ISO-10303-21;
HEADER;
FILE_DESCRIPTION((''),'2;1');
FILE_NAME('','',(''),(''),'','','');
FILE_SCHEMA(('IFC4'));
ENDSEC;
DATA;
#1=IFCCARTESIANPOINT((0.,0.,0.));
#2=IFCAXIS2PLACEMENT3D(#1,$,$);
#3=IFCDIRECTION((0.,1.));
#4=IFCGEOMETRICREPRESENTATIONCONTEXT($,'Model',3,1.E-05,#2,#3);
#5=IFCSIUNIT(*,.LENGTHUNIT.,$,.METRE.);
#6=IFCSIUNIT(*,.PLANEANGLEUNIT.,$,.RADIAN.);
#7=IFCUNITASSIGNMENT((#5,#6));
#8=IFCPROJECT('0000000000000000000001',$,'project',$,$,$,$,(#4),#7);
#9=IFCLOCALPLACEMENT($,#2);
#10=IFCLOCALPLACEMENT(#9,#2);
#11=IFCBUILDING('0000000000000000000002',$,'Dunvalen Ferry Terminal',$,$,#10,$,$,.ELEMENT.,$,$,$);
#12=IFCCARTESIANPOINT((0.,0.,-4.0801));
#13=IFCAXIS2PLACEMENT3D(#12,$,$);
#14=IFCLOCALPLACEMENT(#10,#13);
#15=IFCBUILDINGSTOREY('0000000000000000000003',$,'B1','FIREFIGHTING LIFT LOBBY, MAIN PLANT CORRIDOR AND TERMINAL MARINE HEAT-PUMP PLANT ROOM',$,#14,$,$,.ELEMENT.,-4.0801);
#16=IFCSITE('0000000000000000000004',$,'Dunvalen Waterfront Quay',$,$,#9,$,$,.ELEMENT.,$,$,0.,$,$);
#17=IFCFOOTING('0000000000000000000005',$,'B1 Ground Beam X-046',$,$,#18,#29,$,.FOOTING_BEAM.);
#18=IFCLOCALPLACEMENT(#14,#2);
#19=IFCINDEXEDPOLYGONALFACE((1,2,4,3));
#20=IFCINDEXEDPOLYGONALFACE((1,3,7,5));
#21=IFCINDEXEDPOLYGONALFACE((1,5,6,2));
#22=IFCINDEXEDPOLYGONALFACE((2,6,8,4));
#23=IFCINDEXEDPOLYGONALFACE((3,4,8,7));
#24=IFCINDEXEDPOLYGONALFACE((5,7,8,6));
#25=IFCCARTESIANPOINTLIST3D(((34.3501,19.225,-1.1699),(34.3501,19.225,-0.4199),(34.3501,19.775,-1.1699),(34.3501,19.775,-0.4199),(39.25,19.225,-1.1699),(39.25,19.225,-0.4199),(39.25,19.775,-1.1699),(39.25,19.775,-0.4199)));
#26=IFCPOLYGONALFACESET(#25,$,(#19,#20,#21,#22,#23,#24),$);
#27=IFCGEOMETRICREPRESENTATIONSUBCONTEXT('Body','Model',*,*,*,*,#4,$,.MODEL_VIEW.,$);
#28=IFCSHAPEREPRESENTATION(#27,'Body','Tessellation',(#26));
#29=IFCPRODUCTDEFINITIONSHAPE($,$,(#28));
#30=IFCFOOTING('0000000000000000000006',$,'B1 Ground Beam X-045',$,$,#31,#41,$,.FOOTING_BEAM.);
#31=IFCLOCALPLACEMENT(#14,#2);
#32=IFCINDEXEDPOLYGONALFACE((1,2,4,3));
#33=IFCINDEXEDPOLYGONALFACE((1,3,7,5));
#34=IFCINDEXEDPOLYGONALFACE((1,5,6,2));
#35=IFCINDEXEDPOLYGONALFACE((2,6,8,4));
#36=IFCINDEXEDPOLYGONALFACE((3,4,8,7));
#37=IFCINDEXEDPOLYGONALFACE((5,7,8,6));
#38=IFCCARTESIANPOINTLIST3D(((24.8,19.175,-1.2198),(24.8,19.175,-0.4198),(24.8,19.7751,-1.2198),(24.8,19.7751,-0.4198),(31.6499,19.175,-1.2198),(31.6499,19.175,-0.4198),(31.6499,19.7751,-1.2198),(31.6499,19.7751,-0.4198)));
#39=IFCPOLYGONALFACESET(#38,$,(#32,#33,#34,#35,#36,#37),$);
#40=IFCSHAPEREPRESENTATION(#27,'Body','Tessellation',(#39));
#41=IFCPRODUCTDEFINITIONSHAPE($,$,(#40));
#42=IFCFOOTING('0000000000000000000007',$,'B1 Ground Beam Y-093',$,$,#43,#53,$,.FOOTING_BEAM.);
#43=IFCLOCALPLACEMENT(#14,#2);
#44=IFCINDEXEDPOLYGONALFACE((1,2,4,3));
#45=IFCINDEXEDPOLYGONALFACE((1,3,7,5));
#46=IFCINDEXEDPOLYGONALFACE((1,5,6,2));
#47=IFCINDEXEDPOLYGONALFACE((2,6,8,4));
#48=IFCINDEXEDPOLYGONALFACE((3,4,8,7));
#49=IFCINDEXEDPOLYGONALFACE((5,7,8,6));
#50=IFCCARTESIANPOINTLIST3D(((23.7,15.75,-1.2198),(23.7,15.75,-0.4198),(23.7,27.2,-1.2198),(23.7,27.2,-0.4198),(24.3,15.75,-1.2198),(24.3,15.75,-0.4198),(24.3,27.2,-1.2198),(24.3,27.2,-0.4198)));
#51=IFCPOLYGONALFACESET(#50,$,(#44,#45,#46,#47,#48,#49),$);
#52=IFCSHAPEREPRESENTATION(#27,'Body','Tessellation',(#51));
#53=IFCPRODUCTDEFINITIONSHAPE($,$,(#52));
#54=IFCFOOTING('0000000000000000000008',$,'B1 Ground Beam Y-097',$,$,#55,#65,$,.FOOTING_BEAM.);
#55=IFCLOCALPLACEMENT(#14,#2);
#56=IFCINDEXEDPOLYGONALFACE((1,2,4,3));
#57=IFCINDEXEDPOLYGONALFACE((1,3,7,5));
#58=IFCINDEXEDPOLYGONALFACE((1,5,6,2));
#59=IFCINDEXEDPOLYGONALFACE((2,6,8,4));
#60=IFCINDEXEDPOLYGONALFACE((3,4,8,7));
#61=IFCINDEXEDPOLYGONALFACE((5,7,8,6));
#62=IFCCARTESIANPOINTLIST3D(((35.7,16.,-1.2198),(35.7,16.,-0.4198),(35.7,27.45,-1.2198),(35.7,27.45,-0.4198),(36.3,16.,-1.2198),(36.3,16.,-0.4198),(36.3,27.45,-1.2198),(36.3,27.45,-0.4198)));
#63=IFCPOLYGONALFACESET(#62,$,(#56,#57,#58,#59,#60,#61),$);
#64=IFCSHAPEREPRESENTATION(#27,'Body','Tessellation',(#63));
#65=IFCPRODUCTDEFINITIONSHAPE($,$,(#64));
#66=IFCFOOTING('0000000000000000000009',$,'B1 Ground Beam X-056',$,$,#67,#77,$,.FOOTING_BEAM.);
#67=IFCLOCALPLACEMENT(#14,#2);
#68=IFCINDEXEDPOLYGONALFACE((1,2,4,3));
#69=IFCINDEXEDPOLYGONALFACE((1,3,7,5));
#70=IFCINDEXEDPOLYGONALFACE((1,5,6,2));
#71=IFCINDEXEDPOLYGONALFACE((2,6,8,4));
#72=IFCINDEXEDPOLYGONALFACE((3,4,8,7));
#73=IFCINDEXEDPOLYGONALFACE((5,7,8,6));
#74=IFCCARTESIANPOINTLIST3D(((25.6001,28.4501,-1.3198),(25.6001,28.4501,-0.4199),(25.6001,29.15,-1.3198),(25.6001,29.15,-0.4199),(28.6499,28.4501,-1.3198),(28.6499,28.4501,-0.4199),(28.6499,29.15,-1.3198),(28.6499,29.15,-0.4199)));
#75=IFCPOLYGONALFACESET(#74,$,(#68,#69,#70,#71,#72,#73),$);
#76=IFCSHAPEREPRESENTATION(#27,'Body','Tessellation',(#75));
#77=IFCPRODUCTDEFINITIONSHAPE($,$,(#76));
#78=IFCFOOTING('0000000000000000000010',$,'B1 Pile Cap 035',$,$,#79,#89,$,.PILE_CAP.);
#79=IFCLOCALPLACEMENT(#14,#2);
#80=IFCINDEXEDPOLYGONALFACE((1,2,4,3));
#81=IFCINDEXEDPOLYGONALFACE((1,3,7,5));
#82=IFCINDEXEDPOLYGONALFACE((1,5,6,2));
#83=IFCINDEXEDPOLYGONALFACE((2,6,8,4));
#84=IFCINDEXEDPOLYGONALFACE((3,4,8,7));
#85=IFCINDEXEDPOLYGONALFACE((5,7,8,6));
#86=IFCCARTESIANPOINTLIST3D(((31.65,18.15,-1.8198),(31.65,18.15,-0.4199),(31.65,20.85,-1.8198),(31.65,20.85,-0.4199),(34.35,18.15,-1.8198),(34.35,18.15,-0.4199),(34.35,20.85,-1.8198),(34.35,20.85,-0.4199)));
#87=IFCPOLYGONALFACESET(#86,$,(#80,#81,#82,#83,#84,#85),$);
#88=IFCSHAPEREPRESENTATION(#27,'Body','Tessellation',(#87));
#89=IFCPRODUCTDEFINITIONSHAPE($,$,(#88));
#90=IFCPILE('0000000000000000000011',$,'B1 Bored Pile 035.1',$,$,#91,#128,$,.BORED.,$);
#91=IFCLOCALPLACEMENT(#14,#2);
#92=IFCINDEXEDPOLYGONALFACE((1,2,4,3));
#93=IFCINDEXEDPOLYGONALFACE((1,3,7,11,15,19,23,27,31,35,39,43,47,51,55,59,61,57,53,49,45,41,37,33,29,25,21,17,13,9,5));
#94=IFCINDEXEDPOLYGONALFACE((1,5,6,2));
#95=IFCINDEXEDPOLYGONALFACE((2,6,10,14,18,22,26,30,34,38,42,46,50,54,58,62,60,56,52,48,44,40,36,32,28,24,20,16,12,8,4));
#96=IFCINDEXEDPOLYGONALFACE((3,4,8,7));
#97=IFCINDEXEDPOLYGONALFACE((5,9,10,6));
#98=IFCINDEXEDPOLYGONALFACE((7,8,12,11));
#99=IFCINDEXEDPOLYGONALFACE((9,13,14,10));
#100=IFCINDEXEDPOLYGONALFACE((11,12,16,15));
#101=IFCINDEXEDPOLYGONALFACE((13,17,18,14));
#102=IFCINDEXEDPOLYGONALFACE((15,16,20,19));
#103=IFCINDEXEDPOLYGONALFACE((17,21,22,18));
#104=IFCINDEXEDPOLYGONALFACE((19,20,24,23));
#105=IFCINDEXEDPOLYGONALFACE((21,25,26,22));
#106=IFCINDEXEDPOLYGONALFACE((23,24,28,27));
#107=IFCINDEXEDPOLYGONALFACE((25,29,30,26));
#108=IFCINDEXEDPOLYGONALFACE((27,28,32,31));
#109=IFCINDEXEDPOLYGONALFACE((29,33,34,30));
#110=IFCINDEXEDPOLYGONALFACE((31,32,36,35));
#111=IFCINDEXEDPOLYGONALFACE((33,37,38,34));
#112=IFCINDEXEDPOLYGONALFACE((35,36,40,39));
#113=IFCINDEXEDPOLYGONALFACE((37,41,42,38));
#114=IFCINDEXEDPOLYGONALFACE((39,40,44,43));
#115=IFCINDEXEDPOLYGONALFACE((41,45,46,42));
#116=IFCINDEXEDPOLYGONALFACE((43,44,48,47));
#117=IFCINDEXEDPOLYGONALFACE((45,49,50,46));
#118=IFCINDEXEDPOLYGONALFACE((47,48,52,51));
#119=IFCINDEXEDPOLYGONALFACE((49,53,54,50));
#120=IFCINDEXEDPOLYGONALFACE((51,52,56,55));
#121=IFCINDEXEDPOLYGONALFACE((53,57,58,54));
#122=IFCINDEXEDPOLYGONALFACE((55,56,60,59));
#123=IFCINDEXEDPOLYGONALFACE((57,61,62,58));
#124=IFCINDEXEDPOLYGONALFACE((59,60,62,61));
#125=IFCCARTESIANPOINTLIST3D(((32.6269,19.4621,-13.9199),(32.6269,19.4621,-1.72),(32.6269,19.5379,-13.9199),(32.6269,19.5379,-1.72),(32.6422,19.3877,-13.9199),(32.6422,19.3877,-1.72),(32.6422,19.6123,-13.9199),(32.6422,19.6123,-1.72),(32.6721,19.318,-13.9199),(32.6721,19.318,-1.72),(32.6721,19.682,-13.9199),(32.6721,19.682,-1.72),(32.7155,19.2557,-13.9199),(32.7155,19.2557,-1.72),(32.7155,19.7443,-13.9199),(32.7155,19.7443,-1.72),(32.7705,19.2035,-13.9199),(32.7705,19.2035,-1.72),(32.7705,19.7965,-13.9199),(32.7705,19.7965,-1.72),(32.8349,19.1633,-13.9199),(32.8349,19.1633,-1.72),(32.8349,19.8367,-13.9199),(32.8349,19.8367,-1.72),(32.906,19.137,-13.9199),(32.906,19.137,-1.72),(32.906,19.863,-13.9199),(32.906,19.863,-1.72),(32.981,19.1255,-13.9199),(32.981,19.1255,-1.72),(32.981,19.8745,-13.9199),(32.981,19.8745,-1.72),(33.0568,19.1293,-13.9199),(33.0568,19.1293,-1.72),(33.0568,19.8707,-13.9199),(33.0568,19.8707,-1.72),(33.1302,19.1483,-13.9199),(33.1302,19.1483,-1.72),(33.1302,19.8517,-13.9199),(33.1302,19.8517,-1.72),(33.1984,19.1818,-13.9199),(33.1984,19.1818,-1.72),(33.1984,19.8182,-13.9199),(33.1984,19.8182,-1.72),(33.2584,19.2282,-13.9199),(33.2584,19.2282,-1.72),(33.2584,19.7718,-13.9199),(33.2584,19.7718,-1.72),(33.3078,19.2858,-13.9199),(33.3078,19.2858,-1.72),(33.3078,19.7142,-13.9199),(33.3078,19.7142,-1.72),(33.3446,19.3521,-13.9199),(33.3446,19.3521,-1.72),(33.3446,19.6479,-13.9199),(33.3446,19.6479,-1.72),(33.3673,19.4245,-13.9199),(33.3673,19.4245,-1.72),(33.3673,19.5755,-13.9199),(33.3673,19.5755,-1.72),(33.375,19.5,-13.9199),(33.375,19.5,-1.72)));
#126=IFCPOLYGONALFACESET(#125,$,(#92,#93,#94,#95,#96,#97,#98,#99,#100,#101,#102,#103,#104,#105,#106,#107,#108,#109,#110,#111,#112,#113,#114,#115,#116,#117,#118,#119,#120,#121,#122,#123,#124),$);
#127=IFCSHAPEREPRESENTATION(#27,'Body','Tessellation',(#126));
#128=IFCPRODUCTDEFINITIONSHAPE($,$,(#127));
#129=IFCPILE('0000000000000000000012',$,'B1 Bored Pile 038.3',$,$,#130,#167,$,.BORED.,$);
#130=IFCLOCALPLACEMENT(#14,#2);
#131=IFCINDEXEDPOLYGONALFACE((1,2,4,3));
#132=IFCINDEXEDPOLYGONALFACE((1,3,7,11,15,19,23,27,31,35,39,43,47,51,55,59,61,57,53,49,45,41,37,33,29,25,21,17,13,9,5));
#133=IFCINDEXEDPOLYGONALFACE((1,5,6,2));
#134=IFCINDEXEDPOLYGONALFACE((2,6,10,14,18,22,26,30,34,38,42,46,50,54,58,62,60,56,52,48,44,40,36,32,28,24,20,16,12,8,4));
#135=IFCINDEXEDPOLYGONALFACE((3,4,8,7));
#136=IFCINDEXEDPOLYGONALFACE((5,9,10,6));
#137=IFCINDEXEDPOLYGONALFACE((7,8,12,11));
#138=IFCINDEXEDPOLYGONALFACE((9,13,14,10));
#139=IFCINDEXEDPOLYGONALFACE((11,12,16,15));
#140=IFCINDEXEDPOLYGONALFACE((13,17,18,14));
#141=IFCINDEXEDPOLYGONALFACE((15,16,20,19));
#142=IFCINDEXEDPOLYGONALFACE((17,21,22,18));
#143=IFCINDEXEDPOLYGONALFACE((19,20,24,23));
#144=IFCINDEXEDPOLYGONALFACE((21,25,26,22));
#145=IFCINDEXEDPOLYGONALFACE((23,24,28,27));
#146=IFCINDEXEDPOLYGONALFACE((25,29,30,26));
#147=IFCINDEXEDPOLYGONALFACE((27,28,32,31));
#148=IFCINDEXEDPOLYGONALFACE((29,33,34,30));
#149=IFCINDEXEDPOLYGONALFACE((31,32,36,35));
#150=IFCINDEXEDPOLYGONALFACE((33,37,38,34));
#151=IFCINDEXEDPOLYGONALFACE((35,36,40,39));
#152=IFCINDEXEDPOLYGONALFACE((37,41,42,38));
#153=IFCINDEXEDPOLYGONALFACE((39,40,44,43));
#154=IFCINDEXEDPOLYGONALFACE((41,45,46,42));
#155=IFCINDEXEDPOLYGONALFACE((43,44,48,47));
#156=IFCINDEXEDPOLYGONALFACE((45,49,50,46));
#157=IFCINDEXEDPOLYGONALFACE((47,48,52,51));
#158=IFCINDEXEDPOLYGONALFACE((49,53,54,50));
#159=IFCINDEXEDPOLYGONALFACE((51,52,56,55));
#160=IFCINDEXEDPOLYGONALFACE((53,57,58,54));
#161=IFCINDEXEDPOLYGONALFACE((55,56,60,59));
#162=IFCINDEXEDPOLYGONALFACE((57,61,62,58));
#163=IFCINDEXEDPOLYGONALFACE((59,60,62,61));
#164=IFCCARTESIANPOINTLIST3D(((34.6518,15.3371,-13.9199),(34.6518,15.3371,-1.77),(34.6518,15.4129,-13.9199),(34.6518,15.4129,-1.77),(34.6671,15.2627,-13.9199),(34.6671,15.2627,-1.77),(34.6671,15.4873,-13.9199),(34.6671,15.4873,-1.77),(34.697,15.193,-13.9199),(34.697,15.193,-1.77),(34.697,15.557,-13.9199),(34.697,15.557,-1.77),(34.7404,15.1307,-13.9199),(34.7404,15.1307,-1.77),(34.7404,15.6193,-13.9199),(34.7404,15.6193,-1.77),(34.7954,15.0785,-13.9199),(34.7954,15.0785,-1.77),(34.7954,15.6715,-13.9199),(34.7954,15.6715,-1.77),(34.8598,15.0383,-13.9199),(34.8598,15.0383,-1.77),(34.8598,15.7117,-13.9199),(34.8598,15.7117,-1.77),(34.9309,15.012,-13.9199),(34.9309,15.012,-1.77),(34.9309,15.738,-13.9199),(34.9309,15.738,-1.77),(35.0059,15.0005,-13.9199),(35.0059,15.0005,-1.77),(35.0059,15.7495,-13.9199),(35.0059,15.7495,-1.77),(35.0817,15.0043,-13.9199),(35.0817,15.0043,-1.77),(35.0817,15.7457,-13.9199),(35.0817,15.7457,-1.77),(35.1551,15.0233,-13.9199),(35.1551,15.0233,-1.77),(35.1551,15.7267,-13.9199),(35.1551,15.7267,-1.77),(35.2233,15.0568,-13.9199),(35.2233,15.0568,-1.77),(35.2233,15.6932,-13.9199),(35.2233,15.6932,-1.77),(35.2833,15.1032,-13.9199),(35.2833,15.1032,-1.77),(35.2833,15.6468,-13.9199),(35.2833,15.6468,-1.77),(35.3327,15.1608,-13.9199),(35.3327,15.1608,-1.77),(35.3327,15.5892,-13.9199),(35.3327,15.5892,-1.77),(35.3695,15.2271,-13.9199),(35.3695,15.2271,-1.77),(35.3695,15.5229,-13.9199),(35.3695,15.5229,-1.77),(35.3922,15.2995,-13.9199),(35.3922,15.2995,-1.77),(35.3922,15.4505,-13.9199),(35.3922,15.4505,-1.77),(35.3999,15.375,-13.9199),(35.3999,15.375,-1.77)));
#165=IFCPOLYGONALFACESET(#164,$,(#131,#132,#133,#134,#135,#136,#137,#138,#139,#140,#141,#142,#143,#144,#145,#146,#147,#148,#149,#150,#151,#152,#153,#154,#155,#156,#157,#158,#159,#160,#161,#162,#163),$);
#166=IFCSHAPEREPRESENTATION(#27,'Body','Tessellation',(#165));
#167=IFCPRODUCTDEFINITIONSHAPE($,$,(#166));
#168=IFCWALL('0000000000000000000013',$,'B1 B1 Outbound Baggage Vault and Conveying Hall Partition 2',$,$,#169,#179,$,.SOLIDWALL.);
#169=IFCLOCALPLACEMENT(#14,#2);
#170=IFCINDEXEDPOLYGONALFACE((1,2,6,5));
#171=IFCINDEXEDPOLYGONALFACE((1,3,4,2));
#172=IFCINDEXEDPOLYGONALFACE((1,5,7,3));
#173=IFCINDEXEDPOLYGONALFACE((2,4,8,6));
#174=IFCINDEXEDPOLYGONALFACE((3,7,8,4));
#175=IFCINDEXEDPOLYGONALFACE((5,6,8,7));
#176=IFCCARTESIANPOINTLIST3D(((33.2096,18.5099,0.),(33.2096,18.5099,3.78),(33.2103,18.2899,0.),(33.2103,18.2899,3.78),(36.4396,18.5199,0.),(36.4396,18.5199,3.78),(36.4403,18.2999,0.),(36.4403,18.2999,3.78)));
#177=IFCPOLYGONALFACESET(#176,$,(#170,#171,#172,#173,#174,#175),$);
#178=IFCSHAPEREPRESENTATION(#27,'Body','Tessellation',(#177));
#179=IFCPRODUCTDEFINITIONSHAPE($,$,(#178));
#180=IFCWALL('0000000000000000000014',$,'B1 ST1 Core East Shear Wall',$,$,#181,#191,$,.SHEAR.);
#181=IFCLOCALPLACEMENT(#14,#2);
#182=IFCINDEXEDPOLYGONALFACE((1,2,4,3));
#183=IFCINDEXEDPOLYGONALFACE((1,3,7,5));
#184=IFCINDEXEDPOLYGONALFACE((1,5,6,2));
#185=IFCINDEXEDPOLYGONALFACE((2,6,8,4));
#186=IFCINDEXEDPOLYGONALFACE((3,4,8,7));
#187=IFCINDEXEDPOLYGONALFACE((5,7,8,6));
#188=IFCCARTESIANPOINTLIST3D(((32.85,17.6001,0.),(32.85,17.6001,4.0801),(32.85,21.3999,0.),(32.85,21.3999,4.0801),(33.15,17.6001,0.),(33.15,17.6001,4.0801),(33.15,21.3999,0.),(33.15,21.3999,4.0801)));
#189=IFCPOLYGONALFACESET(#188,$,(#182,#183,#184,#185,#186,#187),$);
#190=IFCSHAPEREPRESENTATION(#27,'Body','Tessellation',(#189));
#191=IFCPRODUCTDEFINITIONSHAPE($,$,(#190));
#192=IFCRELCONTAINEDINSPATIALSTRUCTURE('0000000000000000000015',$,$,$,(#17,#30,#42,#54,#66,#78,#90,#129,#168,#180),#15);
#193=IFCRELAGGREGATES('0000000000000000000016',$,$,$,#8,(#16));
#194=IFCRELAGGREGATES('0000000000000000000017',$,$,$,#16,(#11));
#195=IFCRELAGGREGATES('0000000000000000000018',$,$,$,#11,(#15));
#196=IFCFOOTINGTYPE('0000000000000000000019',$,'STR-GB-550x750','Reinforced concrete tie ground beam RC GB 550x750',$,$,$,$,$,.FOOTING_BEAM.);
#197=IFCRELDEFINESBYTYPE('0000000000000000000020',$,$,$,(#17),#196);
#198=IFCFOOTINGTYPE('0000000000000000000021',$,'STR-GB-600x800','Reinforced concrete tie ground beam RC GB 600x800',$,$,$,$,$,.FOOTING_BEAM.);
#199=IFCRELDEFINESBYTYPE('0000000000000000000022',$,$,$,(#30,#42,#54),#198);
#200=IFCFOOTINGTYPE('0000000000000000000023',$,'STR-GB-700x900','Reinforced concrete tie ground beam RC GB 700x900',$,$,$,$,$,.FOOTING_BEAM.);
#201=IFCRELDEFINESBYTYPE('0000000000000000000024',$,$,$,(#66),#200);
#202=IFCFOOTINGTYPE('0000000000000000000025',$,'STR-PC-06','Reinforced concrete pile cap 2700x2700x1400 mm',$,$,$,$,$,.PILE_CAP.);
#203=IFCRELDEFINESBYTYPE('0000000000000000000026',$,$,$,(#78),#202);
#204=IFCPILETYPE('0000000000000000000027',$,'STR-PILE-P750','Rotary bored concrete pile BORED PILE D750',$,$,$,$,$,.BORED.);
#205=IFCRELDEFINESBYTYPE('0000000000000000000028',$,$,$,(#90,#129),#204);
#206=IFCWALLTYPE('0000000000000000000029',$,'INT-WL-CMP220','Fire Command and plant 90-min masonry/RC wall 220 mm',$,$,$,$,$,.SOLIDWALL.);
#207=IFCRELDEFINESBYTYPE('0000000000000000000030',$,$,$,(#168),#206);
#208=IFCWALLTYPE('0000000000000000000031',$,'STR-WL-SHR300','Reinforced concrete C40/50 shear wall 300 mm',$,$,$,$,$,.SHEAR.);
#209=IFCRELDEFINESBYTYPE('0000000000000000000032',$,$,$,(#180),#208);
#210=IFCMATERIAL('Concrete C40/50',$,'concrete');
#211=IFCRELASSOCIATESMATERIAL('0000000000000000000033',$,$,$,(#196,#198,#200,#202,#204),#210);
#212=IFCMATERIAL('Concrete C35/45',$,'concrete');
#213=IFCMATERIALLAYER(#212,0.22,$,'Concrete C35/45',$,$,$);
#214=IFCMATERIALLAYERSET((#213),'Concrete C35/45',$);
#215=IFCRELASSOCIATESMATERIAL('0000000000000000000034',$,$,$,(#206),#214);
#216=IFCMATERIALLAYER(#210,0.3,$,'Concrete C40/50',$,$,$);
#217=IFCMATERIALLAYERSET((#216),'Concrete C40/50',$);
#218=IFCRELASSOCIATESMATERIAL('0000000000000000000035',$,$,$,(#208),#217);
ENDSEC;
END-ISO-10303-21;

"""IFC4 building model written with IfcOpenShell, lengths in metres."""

from ifc_helpers import new_model, si_unit, direction, frame, frame_2d, origin, origin_2d, place, context, subcontext, project, spatial, rectangle, circle, extrude, material, layer, layer_set, material_profile, profile_set, type_object, element, save


model = new_model("IFC4")

# Units and contexts
model_context = context("Model", 3, precision=1e-05, world=origin(), true_north=direction((0.0, 1.0)))
body_context = subcontext(model_context, "Body", "Model", "MODEL_VIEW")
ifc_project = project(units=[si_unit("LENGTHUNIT", "METRE"), si_unit("PLANEANGLEUNIT", "RADIAN")], contexts=[model_context])

# Site, building, storey
site_placement = place(None, origin())
site = spatial("IfcSite", under=ifc_project, at=site_placement, Name="Dunvalen Waterfront Quay", CompositionType="ELEMENT", RefElevation=0.0)
building_placement = place(site_placement, origin())
building = spatial("IfcBuilding", under=site, at=building_placement, Name="Dunvalen Ferry Terminal", CompositionType="ELEMENT")
storey_placement = place(building_placement, frame((0.0, 0.0, -4.0801)))
storey = spatial("IfcBuildingStorey", under=building, at=storey_placement, Name="B1", Description="FIREFIGHTING LIFT LOBBY, MAIN PLANT CORRIDOR AND TERMINAL MARINE HEAT-PUMP PLANT ROOM", CompositionType="ELEMENT", Elevation=-4.0801)

# Footings
ifc_material_1 = material(Name="Concrete C40/50", Category="concrete")
ifc_material_profile_1 = material_profile(ifc_material_1, rectangle(XDim=0.55, YDim=0.75, at=origin_2d()), Name="Concrete C40/50")
ifc_profile_set_1 = profile_set([ifc_material_profile_1], Name="Concrete C40/50")
footing_type_1 = type_object("IfcFootingType", Name="STR-GB-550x750", Description="Reinforced concrete tie ground beam RC GB 550x750", PredefinedType="FOOTING_BEAM", material=ifc_profile_set_1)
footing_1_placement = place(storey_placement, frame((34.3501, 19.5, -0.7949), z_axis=(1.0, 0.0, 0.0), x_axis=(0.0, 1.0, 0.0)))
element("IfcFooting", 1, at=footing_1_placement, inside=storey, type_object=footing_type_1, Name="B1 Ground Beam X-046", PredefinedType="FOOTING_BEAM", context=body_context, shape_type="SweptSolid", body=[
    extrude(rectangle(XDim=0.55, YDim=0.75, at=origin_2d()), origin(), (0.0, 0.0, 1.0), 4.8999),
])
ifc_material_profile_2 = material_profile(ifc_material_1, rectangle(XDim=0.6001, YDim=0.8, at=origin_2d()), Name="Concrete C40/50")
ifc_profile_set_2 = profile_set([ifc_material_profile_2], Name="Concrete C40/50")
footing_type_2 = type_object("IfcFootingType", Name="STR-GB-600x800", Description="Reinforced concrete tie ground beam RC GB 600x800", PredefinedType="FOOTING_BEAM", material=ifc_profile_set_2)
footing_2_placement = place(storey_placement, frame((24.8, 19.4751, -0.8198), z_axis=(1.0, 0.0, 0.0), x_axis=(0.0, 1.0, 0.0)))
element("IfcFooting", 2, at=footing_2_placement, inside=storey, type_object=footing_type_2, Name="B1 Ground Beam X-045", PredefinedType="FOOTING_BEAM", context=body_context, shape_type="SweptSolid", body=[
    extrude(rectangle(XDim=0.6001, YDim=0.8, at=origin_2d()), origin(), (0.0, 0.0, 1.0), 6.8499),
])
for number, where, z_axis, x_axis, name in (
    (3, (24.0, 15.75, -0.8198), (0.0, 1.0, 0.0), (-1.0, 0.0, 0.0), "B1 Ground Beam Y-093"),
    (4, (36.0, 16.0, -0.8198), (0.0, 1.0, 0.0), (-1.0, 0.0, 0.0), "B1 Ground Beam Y-097"),
):
    element("IfcFooting", number, at=place(storey_placement, frame(where, z_axis=z_axis, x_axis=x_axis)), inside=storey, type_object=footing_type_2, Name=name, PredefinedType="FOOTING_BEAM", context=body_context, shape_type="SweptSolid", body=[
        extrude(rectangle(XDim=0.6001, YDim=0.8, at=origin_2d()), origin(), (0.0, 0.0, 1.0), 11.45),
    ])
ifc_material_profile_3 = material_profile(ifc_material_1, rectangle(XDim=0.7, YDim=0.8999, at=origin_2d()), Name="Concrete C40/50")
ifc_profile_set_3 = profile_set([ifc_material_profile_3], Name="Concrete C40/50")
footing_type_3 = type_object("IfcFootingType", Name="STR-GB-700x900", Description="Reinforced concrete tie ground beam RC GB 700x900", PredefinedType="FOOTING_BEAM", material=ifc_profile_set_3)
footing_3_placement = place(storey_placement, frame((25.6001, 28.8, -0.8699), z_axis=(1.0, 0.0, 0.0), x_axis=(0.0, 1.0, 0.0)))
element("IfcFooting", 5, at=footing_3_placement, inside=storey, type_object=footing_type_3, Name="B1 Ground Beam X-056", PredefinedType="FOOTING_BEAM", context=body_context, shape_type="SweptSolid", body=[
    extrude(rectangle(XDim=0.7, YDim=0.8999, at=origin_2d()), origin(), (0.0, 0.0, 1.0), 3.0498),
])
footing_type_4 = type_object("IfcFootingType", Name="STR-PC-06", Description="Reinforced concrete pile cap 2700x2700x1400 mm", PredefinedType="PILE_CAP", material=ifc_material_1)
footing_4_placement = place(storey_placement, frame((33.0, 19.5, -1.8198), z_axis=(0.0, 0.0, 1.0), x_axis=(1.0, 0.0, 0.0)))
element("IfcFooting", 6, at=footing_4_placement, inside=storey, type_object=footing_type_4, Name="B1 Pile Cap 035", PredefinedType="PILE_CAP", context=body_context, shape_type="SweptSolid", body=[
    extrude(rectangle(XDim=2.7, YDim=2.7, at=origin_2d()), origin(), (0.0, 0.0, 1.0), 1.3999),
])

# Piles
ifc_material_profile_4 = material_profile(ifc_material_1, circle(Radius=0.375, at=origin_2d()), Name="Concrete C40/50")
ifc_profile_set_4 = profile_set([ifc_material_profile_4], Name="Concrete C40/50")
pile_type = type_object("IfcPileType", Name="STR-PILE-P750", Description="Rotary bored concrete pile BORED PILE D750", PredefinedType="BORED", material=ifc_profile_set_4)
pile_1_placement = place(storey_placement, frame((33.0, 19.5, -1.72), z_axis=(0.0, 0.0, -1.0), x_axis=(1.0, 0.0, 0.0)))
element("IfcPile", 7, at=pile_1_placement, inside=storey, type_object=pile_type, Name="B1 Bored Pile 035.1", PredefinedType="BORED", context=body_context, shape_type="SweptSolid", body=[
    extrude(circle(Radius=0.375, at=origin_2d()), origin(), (0.0, 0.0, 1.0), 12.2),
])
pile_2_placement = place(storey_placement, frame((35.0249, 15.375, -1.77), z_axis=(0.0, 0.0, -1.0), x_axis=(1.0, 0.0, 0.0)))
element("IfcPile", 8, at=pile_2_placement, inside=storey, type_object=pile_type, Name="B1 Bored Pile 038.3", PredefinedType="BORED", context=body_context, shape_type="SweptSolid", body=[
    extrude(circle(Radius=0.375, at=origin_2d()), origin(), (0.0, 0.0, 1.0), 12.1499),
])

# Walls
ifc_material_2 = material(Name="Concrete C35/45", Category="concrete")
ifc_layer_1 = layer(ifc_material_2, 0.22, Name="Concrete C35/45")
ifc_layer_set_1 = layer_set([ifc_layer_1], Name="Concrete C35/45")
wall_type_1 = type_object("IfcWallType", Name="INT-WL-CMP220", Description="Fire Command and plant 90-min masonry/RC wall 220 mm", PredefinedType="SOLIDWALL", material=ifc_layer_set_1)
wall_1_placement = place(storey_placement, frame((33.21, 18.3999, 0.0), z_axis=(0.0, 0.0, 1.0), x_axis=(0.999995, 0.003099, 0.0)))
element("IfcWall", 9, at=wall_1_placement, inside=storey, type_object=wall_type_1, Name="B1 B1 Outbound Baggage Vault and Conveying Hall Partition 2", PredefinedType="SOLIDWALL", context=body_context, shape_type="SweptSolid", body=[
    extrude(rectangle(XDim=3.23, YDim=0.22, at=frame_2d((1.615, 0.0))), origin(), (0.0, 0.0, 1.0), 3.78),
])
ifc_layer_2 = layer(ifc_material_1, 0.3, Name="Concrete C40/50")
ifc_layer_set_2 = layer_set([ifc_layer_2], Name="Concrete C40/50")
wall_type_2 = type_object("IfcWallType", Name="STR-WL-SHR300", Description="Reinforced concrete C40/50 shear wall 300 mm", PredefinedType="SHEAR", material=ifc_layer_set_2)
wall_2_placement = place(storey_placement, frame((33.0, 17.6001, 0.0), z_axis=(0.0, 0.0, 1.0), x_axis=(0.0, 1.0, 0.0)))
element("IfcWall", 10, at=wall_2_placement, inside=storey, type_object=wall_type_2, Name="B1 ST1 Core East Shear Wall", PredefinedType="SHEAR", context=body_context, shape_type="SweptSolid", body=[
    extrude(rectangle(XDim=3.7998, YDim=0.3, at=frame_2d((1.8999, 0.0))), origin(), (0.0, 0.0, 1.0), 4.0801),
])

save(model, "model.ifc")
